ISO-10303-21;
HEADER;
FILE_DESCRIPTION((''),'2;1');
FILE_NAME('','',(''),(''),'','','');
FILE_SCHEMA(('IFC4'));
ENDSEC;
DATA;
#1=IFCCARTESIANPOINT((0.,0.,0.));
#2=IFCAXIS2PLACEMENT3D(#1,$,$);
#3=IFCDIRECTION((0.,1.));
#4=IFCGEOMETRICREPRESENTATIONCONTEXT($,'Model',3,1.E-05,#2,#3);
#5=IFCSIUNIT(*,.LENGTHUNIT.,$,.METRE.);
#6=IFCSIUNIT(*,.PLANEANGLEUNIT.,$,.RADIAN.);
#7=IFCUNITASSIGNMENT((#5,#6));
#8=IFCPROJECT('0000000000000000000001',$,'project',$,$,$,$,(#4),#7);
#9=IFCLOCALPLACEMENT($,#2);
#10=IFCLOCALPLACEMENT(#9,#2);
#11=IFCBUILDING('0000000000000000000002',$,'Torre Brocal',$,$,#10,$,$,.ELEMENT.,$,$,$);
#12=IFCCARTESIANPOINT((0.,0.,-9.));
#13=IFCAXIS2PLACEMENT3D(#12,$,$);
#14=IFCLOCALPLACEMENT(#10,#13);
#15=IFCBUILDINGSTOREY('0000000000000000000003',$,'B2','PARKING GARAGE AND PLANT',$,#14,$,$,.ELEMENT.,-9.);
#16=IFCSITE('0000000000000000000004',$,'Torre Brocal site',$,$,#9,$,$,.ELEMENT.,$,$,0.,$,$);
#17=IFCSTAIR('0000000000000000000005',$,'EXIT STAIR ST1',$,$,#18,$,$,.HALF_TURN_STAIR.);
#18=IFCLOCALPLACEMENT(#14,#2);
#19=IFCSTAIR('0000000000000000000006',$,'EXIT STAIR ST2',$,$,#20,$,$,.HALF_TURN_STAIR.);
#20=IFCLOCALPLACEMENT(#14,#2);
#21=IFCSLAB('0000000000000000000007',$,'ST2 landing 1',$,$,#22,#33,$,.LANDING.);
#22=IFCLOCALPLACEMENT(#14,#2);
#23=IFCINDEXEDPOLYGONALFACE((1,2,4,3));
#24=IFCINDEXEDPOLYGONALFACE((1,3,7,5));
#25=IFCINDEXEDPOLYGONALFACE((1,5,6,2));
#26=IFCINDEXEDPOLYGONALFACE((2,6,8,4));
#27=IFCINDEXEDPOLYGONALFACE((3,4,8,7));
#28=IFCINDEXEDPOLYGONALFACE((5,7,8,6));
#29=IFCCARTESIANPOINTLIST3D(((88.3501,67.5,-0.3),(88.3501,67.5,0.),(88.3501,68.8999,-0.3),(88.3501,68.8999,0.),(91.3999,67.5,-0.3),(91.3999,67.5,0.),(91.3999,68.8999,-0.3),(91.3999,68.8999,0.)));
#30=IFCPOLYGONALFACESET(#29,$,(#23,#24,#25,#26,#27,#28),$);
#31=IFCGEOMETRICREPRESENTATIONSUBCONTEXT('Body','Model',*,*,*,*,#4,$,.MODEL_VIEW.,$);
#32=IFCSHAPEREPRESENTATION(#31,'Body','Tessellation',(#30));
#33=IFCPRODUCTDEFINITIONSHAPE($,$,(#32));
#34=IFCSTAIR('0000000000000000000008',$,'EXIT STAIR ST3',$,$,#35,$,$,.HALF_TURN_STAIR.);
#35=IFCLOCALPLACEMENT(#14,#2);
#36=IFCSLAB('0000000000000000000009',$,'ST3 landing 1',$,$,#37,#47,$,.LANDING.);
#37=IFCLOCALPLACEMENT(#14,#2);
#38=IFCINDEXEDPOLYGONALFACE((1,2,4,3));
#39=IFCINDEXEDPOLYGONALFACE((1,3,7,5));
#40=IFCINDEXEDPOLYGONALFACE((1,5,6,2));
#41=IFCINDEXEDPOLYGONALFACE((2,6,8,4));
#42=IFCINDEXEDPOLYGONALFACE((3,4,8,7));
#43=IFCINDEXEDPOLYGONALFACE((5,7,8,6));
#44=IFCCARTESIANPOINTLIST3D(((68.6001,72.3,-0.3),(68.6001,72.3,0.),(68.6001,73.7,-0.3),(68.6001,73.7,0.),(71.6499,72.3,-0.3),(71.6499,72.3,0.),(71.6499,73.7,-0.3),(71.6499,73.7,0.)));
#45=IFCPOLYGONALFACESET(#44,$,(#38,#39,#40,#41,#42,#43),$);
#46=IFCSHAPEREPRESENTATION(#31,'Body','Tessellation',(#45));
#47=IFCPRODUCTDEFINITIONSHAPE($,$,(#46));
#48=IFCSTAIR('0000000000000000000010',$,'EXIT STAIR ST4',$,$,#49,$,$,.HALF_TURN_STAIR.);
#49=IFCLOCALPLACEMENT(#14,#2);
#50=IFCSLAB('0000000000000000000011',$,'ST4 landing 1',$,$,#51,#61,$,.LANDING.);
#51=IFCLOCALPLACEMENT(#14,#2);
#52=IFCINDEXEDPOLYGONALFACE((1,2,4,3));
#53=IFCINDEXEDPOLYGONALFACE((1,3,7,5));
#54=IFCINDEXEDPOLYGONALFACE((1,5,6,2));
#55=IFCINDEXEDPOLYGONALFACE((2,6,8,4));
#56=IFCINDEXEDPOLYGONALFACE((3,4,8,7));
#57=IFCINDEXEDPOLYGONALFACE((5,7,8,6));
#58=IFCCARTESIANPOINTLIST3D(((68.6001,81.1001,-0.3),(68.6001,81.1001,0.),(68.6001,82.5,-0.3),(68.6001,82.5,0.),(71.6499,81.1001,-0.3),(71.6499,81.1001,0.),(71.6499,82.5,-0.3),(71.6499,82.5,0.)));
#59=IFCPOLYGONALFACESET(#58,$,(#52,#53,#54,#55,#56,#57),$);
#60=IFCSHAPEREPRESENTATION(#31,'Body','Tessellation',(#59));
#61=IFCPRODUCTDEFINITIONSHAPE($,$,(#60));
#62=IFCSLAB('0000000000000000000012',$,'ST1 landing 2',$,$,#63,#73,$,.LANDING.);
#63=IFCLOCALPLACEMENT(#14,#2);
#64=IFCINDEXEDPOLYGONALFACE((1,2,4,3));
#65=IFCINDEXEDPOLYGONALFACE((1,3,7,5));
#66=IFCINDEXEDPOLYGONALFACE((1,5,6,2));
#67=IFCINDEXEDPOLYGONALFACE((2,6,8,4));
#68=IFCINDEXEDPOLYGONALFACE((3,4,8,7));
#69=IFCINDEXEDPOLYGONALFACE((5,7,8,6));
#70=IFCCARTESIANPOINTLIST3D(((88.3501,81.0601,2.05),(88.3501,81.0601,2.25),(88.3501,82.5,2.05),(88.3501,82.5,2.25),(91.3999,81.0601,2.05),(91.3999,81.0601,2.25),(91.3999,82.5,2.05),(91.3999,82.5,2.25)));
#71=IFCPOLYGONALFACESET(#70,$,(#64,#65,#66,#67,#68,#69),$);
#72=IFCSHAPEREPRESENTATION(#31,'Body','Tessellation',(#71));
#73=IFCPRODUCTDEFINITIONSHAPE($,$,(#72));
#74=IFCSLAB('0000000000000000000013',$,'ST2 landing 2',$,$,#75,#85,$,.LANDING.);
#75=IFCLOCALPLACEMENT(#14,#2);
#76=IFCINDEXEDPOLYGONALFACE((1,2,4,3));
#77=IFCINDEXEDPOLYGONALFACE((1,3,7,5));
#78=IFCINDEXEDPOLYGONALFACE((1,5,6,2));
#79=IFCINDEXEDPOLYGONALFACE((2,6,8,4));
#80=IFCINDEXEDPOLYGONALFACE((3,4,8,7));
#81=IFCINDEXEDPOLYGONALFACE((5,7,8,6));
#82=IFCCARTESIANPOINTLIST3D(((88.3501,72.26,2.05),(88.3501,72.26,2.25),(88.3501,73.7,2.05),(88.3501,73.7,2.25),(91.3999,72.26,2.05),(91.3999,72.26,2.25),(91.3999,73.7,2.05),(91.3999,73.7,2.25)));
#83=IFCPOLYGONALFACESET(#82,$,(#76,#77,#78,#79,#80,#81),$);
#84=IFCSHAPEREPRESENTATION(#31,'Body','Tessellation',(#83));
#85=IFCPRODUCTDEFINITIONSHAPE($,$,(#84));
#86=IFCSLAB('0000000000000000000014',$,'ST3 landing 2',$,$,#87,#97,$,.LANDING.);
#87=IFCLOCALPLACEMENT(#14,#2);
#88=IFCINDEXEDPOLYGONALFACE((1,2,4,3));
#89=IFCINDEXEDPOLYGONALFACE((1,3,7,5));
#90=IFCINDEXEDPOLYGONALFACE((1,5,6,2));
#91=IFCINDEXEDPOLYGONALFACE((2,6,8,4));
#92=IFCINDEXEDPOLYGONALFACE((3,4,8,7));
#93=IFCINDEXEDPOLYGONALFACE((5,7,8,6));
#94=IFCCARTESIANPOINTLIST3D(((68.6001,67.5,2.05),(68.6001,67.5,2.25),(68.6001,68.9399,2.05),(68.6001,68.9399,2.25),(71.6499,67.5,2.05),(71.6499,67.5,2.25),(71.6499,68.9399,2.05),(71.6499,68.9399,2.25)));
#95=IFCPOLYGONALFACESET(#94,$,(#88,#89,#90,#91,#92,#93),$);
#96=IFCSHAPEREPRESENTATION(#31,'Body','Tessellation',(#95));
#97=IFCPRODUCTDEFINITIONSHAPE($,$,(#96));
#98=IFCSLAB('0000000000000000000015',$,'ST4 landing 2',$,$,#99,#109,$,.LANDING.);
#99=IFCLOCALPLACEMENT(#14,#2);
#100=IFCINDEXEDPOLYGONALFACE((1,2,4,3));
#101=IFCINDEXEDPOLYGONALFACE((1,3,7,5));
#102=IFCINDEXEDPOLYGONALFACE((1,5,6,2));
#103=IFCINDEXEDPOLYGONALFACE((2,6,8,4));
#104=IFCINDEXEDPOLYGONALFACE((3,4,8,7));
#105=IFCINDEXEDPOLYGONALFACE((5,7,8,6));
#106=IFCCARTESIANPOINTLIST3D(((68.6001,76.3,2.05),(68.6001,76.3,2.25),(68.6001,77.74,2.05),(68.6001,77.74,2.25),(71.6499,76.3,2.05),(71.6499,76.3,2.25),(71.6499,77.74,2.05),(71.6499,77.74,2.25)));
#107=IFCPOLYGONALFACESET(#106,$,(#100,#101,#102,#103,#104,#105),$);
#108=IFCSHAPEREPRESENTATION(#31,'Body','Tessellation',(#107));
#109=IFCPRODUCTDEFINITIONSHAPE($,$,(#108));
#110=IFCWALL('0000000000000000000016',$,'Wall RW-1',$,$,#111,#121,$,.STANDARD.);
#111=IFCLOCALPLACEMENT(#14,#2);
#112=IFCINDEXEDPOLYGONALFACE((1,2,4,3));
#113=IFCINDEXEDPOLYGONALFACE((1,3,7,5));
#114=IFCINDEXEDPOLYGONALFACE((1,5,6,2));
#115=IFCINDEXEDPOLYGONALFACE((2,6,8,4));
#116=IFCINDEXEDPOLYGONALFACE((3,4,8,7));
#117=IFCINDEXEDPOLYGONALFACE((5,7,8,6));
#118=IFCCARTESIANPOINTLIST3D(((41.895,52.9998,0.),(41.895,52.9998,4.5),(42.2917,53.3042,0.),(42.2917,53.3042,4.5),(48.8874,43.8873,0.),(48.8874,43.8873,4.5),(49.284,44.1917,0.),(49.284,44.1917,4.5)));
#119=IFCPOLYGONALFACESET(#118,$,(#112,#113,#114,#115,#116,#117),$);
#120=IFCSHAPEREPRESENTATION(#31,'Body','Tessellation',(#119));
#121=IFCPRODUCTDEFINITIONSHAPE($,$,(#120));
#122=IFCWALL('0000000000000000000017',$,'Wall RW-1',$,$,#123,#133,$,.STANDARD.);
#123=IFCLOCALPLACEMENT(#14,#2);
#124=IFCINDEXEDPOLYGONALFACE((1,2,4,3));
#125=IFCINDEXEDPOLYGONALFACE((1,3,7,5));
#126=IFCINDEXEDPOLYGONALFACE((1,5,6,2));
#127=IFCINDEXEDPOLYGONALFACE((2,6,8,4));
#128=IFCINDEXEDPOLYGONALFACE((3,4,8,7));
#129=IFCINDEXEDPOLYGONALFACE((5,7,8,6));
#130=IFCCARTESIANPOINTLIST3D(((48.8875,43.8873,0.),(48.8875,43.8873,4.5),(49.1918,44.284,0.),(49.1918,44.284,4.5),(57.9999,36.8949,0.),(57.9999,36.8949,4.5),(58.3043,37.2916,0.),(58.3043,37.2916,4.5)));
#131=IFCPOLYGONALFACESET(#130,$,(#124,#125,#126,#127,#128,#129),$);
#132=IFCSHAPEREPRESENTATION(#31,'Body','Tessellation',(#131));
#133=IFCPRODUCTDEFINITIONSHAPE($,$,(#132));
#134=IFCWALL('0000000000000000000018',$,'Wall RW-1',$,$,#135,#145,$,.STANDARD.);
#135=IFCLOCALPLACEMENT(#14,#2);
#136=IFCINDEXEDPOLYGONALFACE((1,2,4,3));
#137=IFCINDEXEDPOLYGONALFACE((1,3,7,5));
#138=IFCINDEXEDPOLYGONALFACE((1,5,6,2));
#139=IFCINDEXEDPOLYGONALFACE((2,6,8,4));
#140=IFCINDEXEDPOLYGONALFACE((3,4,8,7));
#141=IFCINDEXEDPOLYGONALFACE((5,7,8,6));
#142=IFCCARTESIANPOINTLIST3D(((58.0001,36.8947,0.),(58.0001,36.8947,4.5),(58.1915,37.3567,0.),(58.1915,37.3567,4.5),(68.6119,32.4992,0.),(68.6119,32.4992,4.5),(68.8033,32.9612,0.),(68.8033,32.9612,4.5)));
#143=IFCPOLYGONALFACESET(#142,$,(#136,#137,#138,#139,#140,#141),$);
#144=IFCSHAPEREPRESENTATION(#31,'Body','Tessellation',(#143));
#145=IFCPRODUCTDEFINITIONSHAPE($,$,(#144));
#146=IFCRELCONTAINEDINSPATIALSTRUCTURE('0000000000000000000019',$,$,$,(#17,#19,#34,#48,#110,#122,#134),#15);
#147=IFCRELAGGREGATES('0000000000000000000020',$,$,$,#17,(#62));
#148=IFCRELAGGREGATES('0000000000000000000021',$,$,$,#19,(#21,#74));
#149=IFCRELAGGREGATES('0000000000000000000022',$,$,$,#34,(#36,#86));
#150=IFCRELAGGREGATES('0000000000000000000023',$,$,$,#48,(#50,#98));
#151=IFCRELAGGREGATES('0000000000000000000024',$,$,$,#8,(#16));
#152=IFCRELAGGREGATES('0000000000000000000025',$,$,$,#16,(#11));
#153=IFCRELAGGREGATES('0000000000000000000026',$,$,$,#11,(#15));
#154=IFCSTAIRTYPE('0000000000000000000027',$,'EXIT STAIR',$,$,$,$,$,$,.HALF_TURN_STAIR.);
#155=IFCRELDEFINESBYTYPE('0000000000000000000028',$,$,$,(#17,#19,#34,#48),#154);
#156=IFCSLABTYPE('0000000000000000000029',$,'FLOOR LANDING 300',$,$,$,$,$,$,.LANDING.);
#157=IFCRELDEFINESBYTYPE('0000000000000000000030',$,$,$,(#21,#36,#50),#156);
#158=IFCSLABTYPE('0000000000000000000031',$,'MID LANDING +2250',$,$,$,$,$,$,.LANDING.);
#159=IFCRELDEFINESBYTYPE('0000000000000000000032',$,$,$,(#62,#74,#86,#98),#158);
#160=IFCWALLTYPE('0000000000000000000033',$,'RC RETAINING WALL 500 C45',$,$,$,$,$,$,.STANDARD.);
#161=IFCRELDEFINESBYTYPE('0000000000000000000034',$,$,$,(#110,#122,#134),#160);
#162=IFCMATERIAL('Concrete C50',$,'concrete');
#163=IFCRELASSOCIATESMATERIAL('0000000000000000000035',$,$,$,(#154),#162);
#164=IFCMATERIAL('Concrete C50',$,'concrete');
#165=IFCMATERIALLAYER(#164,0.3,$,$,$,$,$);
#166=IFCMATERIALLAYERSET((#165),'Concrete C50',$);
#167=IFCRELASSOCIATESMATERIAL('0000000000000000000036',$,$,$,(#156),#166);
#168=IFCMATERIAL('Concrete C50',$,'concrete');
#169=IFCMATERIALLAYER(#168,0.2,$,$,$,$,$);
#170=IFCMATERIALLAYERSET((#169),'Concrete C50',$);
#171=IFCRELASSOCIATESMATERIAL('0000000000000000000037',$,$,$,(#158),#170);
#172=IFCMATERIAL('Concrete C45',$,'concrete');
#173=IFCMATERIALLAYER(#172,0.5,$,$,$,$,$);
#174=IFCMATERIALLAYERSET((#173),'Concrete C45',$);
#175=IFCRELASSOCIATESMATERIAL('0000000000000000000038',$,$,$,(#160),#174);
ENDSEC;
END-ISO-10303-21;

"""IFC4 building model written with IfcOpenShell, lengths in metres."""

from ifc_helpers import new_model, si_unit, direction, frame, frame_2d, origin, place, context, subcontext, project, spatial, polyline, rectangle, outline, extrude, material, layer, layer_set, type_object, element, aggregate, save


model = new_model("IFC4")

# Units and contexts
model_context = context("Model", 3, precision=1e-05, world=origin(), true_north=direction((0.0, 1.0)))
body_context = subcontext(model_context, "Body", "Model", "MODEL_VIEW")
ifc_project = project(units=[si_unit("LENGTHUNIT", "METRE"), si_unit("PLANEANGLEUNIT", "RADIAN")], contexts=[model_context])

# Site, building, storey
site_placement = place(None, origin())
site = spatial("IfcSite", under=ifc_project, at=site_placement, Name="Torre Brocal site", CompositionType="ELEMENT", RefElevation=0.0)
building_placement = place(site_placement, origin())
building = spatial("IfcBuilding", under=site, at=building_placement, Name="Torre Brocal", CompositionType="ELEMENT")
storey_placement = place(building_placement, frame((0.0, 0.0, -9.0)))
storey = spatial("IfcBuildingStorey", under=building, at=storey_placement, Name="B2", Description="PARKING GARAGE AND PLANT", CompositionType="ELEMENT", Elevation=-9.0)

# Stairs, slabs
ifc_material_1 = material(Name="Concrete C50", Category="concrete")
stair_type = type_object("IfcStairType", Name="EXIT STAIR", PredefinedType="HALF_TURN_STAIR", material=ifc_material_1)
stair_1_placement = place(storey_placement, origin())
stair_1 = element("IfcStair", 1, at=stair_1_placement, inside=storey, type_object=stair_type, Name="EXIT STAIR ST1", PredefinedType="HALF_TURN_STAIR")
ifc_material_2 = material(Name="Concrete C50", Category="concrete")
ifc_layer_1 = layer(ifc_material_2, 0.3)
ifc_layer_set_1 = layer_set([ifc_layer_1], Name="Concrete C50")
slab_type_1 = type_object("IfcSlabType", Name="FLOOR LANDING 300", PredefinedType="LANDING", material=ifc_layer_set_1)
stair_2_placement = place(storey_placement, origin())
stair_2 = element("IfcStair", 2, at=stair_2_placement, inside=storey, type_object=stair_type, Name="EXIT STAIR ST2", PredefinedType="HALF_TURN_STAIR")
slab_1_placement = place(storey_placement, frame((0.0, 0.0, -0.3)))
slab_1 = element("IfcSlab", 3, at=slab_1_placement, type_object=slab_type_1, Name="ST2 landing 1", PredefinedType="LANDING", context=body_context, shape_type="SweptSolid", body=[
    extrude(outline(polyline([(88.3501, 67.5), (91.3999, 67.5), (91.3999, 68.8999), (88.3501, 68.8999), (88.3501, 67.5)])), origin(), (0.0, 0.0, 1.0), 0.3),
])
stair_3_placement = place(storey_placement, origin())
stair_3 = element("IfcStair", 4, at=stair_3_placement, inside=storey, type_object=stair_type, Name="EXIT STAIR ST3", PredefinedType="HALF_TURN_STAIR")
slab_2_placement = place(storey_placement, frame((0.0, 0.0, -0.3)))
slab_2 = element("IfcSlab", 5, at=slab_2_placement, type_object=slab_type_1, Name="ST3 landing 1", PredefinedType="LANDING", context=body_context, shape_type="SweptSolid", body=[
    extrude(outline(polyline([(71.6499, 73.7), (68.6001, 73.7), (68.6001, 72.3), (71.6499, 72.3), (71.6499, 73.7)])), origin(), (0.0, 0.0, 1.0), 0.3),
])
stair_4_placement = place(storey_placement, origin())
stair_4 = element("IfcStair", 6, at=stair_4_placement, inside=storey, type_object=stair_type, Name="EXIT STAIR ST4", PredefinedType="HALF_TURN_STAIR")
slab_3_placement = place(storey_placement, frame((0.0, 0.0, -0.3)))
slab_3 = element("IfcSlab", 7, at=slab_3_placement, type_object=slab_type_1, Name="ST4 landing 1", PredefinedType="LANDING", context=body_context, shape_type="SweptSolid", body=[
    extrude(outline(polyline([(71.6499, 82.5), (68.6001, 82.5), (68.6001, 81.1001), (71.6499, 81.1001), (71.6499, 82.5)])), origin(), (0.0, 0.0, 1.0), 0.3),
])

# Slabs
ifc_material_3 = material(Name="Concrete C50", Category="concrete")
ifc_layer_2 = layer(ifc_material_3, 0.2)
ifc_layer_set_2 = layer_set([ifc_layer_2], Name="Concrete C50")
slab_type_2 = type_object("IfcSlabType", Name="MID LANDING +2250", PredefinedType="LANDING", material=ifc_layer_set_2)
slab_4_placement = place(storey_placement, frame((0.0, 0.0, 2.05)))
slab_4 = element("IfcSlab", 8, at=slab_4_placement, type_object=slab_type_2, Name="ST1 landing 2", PredefinedType="LANDING", context=body_context, shape_type="SweptSolid", body=[
    extrude(outline(polyline([(88.3501, 81.0601), (91.3999, 81.0601), (91.3999, 82.5), (88.3501, 82.5), (88.3501, 81.0601)])), origin(), (0.0, 0.0, 1.0), 0.2),
])
aggregate(stair_1, [slab_4])
slab_5_placement = place(storey_placement, frame((0.0, 0.0, 2.05)))
slab_5 = element("IfcSlab", 9, at=slab_5_placement, type_object=slab_type_2, Name="ST2 landing 2", PredefinedType="LANDING", context=body_context, shape_type="SweptSolid", body=[
    extrude(outline(polyline([(88.3501, 72.26), (91.3999, 72.26), (91.3999, 73.7), (88.3501, 73.7), (88.3501, 72.26)])), origin(), (0.0, 0.0, 1.0), 0.2),
])
aggregate(stair_2, [slab_1, slab_5])
slab_6_placement = place(storey_placement, frame((0.0, 0.0, 2.05)))
slab_6 = element("IfcSlab", 10, at=slab_6_placement, type_object=slab_type_2, Name="ST3 landing 2", PredefinedType="LANDING", context=body_context, shape_type="SweptSolid", body=[
    extrude(outline(polyline([(71.6499, 68.9399), (68.6001, 68.9399), (68.6001, 67.5), (71.6499, 67.5), (71.6499, 68.9399)])), origin(), (0.0, 0.0, 1.0), 0.2),
])
aggregate(stair_3, [slab_2, slab_6])
slab_7_placement = place(storey_placement, frame((0.0, 0.0, 2.05)))
slab_7 = element("IfcSlab", 11, at=slab_7_placement, type_object=slab_type_2, Name="ST4 landing 2", PredefinedType="LANDING", context=body_context, shape_type="SweptSolid", body=[
    extrude(outline(polyline([(71.6499, 77.74), (68.6001, 77.74), (68.6001, 76.3), (71.6499, 76.3), (71.6499, 77.74)])), origin(), (0.0, 0.0, 1.0), 0.2),
])
aggregate(stair_4, [slab_3, slab_7])

# Walls
ifc_material_4 = material(Name="Concrete C45", Category="concrete")
ifc_layer_3 = layer(ifc_material_4, 0.5)
ifc_layer_set_3 = layer_set([ifc_layer_3], Name="Concrete C45")
wall_type = type_object("IfcWallType", Name="RC RETAINING WALL 500 C45", PredefinedType="STANDARD", material=ifc_layer_set_3)
for number, where, z_axis, x_axis, name in (
    (12, (42.0933, 53.1521, 0.0), (0.0, 0.0, 1.0), (0.608768, -0.793348, 0.0), "Wall RW-1"),
    (13, (49.0396, 44.0857, 0.0), (0.0, 0.0, 1.0), (0.793348, -0.608768, 0.0), "Wall RW-1"),
    (14, (58.0957, 37.1257, 0.0), (0.0, 0.0, 1.0), (0.923881, -0.38268, 0.0), "Wall RW-1"),
):
    element("IfcWall", number, at=place(storey_placement, frame(where, z_axis=z_axis, x_axis=x_axis)), inside=storey, type_object=wall_type, Name=name, PredefinedType="STANDARD", context=body_context, shape_type="SweptSolid", body=[
        extrude(rectangle(XDim=11.4861, YDim=0.5, at=frame_2d((5.7432, 0.0))), origin(), (0.0, 0.0, 1.0), 4.5),
    ])

save(model, "model.ifc")
